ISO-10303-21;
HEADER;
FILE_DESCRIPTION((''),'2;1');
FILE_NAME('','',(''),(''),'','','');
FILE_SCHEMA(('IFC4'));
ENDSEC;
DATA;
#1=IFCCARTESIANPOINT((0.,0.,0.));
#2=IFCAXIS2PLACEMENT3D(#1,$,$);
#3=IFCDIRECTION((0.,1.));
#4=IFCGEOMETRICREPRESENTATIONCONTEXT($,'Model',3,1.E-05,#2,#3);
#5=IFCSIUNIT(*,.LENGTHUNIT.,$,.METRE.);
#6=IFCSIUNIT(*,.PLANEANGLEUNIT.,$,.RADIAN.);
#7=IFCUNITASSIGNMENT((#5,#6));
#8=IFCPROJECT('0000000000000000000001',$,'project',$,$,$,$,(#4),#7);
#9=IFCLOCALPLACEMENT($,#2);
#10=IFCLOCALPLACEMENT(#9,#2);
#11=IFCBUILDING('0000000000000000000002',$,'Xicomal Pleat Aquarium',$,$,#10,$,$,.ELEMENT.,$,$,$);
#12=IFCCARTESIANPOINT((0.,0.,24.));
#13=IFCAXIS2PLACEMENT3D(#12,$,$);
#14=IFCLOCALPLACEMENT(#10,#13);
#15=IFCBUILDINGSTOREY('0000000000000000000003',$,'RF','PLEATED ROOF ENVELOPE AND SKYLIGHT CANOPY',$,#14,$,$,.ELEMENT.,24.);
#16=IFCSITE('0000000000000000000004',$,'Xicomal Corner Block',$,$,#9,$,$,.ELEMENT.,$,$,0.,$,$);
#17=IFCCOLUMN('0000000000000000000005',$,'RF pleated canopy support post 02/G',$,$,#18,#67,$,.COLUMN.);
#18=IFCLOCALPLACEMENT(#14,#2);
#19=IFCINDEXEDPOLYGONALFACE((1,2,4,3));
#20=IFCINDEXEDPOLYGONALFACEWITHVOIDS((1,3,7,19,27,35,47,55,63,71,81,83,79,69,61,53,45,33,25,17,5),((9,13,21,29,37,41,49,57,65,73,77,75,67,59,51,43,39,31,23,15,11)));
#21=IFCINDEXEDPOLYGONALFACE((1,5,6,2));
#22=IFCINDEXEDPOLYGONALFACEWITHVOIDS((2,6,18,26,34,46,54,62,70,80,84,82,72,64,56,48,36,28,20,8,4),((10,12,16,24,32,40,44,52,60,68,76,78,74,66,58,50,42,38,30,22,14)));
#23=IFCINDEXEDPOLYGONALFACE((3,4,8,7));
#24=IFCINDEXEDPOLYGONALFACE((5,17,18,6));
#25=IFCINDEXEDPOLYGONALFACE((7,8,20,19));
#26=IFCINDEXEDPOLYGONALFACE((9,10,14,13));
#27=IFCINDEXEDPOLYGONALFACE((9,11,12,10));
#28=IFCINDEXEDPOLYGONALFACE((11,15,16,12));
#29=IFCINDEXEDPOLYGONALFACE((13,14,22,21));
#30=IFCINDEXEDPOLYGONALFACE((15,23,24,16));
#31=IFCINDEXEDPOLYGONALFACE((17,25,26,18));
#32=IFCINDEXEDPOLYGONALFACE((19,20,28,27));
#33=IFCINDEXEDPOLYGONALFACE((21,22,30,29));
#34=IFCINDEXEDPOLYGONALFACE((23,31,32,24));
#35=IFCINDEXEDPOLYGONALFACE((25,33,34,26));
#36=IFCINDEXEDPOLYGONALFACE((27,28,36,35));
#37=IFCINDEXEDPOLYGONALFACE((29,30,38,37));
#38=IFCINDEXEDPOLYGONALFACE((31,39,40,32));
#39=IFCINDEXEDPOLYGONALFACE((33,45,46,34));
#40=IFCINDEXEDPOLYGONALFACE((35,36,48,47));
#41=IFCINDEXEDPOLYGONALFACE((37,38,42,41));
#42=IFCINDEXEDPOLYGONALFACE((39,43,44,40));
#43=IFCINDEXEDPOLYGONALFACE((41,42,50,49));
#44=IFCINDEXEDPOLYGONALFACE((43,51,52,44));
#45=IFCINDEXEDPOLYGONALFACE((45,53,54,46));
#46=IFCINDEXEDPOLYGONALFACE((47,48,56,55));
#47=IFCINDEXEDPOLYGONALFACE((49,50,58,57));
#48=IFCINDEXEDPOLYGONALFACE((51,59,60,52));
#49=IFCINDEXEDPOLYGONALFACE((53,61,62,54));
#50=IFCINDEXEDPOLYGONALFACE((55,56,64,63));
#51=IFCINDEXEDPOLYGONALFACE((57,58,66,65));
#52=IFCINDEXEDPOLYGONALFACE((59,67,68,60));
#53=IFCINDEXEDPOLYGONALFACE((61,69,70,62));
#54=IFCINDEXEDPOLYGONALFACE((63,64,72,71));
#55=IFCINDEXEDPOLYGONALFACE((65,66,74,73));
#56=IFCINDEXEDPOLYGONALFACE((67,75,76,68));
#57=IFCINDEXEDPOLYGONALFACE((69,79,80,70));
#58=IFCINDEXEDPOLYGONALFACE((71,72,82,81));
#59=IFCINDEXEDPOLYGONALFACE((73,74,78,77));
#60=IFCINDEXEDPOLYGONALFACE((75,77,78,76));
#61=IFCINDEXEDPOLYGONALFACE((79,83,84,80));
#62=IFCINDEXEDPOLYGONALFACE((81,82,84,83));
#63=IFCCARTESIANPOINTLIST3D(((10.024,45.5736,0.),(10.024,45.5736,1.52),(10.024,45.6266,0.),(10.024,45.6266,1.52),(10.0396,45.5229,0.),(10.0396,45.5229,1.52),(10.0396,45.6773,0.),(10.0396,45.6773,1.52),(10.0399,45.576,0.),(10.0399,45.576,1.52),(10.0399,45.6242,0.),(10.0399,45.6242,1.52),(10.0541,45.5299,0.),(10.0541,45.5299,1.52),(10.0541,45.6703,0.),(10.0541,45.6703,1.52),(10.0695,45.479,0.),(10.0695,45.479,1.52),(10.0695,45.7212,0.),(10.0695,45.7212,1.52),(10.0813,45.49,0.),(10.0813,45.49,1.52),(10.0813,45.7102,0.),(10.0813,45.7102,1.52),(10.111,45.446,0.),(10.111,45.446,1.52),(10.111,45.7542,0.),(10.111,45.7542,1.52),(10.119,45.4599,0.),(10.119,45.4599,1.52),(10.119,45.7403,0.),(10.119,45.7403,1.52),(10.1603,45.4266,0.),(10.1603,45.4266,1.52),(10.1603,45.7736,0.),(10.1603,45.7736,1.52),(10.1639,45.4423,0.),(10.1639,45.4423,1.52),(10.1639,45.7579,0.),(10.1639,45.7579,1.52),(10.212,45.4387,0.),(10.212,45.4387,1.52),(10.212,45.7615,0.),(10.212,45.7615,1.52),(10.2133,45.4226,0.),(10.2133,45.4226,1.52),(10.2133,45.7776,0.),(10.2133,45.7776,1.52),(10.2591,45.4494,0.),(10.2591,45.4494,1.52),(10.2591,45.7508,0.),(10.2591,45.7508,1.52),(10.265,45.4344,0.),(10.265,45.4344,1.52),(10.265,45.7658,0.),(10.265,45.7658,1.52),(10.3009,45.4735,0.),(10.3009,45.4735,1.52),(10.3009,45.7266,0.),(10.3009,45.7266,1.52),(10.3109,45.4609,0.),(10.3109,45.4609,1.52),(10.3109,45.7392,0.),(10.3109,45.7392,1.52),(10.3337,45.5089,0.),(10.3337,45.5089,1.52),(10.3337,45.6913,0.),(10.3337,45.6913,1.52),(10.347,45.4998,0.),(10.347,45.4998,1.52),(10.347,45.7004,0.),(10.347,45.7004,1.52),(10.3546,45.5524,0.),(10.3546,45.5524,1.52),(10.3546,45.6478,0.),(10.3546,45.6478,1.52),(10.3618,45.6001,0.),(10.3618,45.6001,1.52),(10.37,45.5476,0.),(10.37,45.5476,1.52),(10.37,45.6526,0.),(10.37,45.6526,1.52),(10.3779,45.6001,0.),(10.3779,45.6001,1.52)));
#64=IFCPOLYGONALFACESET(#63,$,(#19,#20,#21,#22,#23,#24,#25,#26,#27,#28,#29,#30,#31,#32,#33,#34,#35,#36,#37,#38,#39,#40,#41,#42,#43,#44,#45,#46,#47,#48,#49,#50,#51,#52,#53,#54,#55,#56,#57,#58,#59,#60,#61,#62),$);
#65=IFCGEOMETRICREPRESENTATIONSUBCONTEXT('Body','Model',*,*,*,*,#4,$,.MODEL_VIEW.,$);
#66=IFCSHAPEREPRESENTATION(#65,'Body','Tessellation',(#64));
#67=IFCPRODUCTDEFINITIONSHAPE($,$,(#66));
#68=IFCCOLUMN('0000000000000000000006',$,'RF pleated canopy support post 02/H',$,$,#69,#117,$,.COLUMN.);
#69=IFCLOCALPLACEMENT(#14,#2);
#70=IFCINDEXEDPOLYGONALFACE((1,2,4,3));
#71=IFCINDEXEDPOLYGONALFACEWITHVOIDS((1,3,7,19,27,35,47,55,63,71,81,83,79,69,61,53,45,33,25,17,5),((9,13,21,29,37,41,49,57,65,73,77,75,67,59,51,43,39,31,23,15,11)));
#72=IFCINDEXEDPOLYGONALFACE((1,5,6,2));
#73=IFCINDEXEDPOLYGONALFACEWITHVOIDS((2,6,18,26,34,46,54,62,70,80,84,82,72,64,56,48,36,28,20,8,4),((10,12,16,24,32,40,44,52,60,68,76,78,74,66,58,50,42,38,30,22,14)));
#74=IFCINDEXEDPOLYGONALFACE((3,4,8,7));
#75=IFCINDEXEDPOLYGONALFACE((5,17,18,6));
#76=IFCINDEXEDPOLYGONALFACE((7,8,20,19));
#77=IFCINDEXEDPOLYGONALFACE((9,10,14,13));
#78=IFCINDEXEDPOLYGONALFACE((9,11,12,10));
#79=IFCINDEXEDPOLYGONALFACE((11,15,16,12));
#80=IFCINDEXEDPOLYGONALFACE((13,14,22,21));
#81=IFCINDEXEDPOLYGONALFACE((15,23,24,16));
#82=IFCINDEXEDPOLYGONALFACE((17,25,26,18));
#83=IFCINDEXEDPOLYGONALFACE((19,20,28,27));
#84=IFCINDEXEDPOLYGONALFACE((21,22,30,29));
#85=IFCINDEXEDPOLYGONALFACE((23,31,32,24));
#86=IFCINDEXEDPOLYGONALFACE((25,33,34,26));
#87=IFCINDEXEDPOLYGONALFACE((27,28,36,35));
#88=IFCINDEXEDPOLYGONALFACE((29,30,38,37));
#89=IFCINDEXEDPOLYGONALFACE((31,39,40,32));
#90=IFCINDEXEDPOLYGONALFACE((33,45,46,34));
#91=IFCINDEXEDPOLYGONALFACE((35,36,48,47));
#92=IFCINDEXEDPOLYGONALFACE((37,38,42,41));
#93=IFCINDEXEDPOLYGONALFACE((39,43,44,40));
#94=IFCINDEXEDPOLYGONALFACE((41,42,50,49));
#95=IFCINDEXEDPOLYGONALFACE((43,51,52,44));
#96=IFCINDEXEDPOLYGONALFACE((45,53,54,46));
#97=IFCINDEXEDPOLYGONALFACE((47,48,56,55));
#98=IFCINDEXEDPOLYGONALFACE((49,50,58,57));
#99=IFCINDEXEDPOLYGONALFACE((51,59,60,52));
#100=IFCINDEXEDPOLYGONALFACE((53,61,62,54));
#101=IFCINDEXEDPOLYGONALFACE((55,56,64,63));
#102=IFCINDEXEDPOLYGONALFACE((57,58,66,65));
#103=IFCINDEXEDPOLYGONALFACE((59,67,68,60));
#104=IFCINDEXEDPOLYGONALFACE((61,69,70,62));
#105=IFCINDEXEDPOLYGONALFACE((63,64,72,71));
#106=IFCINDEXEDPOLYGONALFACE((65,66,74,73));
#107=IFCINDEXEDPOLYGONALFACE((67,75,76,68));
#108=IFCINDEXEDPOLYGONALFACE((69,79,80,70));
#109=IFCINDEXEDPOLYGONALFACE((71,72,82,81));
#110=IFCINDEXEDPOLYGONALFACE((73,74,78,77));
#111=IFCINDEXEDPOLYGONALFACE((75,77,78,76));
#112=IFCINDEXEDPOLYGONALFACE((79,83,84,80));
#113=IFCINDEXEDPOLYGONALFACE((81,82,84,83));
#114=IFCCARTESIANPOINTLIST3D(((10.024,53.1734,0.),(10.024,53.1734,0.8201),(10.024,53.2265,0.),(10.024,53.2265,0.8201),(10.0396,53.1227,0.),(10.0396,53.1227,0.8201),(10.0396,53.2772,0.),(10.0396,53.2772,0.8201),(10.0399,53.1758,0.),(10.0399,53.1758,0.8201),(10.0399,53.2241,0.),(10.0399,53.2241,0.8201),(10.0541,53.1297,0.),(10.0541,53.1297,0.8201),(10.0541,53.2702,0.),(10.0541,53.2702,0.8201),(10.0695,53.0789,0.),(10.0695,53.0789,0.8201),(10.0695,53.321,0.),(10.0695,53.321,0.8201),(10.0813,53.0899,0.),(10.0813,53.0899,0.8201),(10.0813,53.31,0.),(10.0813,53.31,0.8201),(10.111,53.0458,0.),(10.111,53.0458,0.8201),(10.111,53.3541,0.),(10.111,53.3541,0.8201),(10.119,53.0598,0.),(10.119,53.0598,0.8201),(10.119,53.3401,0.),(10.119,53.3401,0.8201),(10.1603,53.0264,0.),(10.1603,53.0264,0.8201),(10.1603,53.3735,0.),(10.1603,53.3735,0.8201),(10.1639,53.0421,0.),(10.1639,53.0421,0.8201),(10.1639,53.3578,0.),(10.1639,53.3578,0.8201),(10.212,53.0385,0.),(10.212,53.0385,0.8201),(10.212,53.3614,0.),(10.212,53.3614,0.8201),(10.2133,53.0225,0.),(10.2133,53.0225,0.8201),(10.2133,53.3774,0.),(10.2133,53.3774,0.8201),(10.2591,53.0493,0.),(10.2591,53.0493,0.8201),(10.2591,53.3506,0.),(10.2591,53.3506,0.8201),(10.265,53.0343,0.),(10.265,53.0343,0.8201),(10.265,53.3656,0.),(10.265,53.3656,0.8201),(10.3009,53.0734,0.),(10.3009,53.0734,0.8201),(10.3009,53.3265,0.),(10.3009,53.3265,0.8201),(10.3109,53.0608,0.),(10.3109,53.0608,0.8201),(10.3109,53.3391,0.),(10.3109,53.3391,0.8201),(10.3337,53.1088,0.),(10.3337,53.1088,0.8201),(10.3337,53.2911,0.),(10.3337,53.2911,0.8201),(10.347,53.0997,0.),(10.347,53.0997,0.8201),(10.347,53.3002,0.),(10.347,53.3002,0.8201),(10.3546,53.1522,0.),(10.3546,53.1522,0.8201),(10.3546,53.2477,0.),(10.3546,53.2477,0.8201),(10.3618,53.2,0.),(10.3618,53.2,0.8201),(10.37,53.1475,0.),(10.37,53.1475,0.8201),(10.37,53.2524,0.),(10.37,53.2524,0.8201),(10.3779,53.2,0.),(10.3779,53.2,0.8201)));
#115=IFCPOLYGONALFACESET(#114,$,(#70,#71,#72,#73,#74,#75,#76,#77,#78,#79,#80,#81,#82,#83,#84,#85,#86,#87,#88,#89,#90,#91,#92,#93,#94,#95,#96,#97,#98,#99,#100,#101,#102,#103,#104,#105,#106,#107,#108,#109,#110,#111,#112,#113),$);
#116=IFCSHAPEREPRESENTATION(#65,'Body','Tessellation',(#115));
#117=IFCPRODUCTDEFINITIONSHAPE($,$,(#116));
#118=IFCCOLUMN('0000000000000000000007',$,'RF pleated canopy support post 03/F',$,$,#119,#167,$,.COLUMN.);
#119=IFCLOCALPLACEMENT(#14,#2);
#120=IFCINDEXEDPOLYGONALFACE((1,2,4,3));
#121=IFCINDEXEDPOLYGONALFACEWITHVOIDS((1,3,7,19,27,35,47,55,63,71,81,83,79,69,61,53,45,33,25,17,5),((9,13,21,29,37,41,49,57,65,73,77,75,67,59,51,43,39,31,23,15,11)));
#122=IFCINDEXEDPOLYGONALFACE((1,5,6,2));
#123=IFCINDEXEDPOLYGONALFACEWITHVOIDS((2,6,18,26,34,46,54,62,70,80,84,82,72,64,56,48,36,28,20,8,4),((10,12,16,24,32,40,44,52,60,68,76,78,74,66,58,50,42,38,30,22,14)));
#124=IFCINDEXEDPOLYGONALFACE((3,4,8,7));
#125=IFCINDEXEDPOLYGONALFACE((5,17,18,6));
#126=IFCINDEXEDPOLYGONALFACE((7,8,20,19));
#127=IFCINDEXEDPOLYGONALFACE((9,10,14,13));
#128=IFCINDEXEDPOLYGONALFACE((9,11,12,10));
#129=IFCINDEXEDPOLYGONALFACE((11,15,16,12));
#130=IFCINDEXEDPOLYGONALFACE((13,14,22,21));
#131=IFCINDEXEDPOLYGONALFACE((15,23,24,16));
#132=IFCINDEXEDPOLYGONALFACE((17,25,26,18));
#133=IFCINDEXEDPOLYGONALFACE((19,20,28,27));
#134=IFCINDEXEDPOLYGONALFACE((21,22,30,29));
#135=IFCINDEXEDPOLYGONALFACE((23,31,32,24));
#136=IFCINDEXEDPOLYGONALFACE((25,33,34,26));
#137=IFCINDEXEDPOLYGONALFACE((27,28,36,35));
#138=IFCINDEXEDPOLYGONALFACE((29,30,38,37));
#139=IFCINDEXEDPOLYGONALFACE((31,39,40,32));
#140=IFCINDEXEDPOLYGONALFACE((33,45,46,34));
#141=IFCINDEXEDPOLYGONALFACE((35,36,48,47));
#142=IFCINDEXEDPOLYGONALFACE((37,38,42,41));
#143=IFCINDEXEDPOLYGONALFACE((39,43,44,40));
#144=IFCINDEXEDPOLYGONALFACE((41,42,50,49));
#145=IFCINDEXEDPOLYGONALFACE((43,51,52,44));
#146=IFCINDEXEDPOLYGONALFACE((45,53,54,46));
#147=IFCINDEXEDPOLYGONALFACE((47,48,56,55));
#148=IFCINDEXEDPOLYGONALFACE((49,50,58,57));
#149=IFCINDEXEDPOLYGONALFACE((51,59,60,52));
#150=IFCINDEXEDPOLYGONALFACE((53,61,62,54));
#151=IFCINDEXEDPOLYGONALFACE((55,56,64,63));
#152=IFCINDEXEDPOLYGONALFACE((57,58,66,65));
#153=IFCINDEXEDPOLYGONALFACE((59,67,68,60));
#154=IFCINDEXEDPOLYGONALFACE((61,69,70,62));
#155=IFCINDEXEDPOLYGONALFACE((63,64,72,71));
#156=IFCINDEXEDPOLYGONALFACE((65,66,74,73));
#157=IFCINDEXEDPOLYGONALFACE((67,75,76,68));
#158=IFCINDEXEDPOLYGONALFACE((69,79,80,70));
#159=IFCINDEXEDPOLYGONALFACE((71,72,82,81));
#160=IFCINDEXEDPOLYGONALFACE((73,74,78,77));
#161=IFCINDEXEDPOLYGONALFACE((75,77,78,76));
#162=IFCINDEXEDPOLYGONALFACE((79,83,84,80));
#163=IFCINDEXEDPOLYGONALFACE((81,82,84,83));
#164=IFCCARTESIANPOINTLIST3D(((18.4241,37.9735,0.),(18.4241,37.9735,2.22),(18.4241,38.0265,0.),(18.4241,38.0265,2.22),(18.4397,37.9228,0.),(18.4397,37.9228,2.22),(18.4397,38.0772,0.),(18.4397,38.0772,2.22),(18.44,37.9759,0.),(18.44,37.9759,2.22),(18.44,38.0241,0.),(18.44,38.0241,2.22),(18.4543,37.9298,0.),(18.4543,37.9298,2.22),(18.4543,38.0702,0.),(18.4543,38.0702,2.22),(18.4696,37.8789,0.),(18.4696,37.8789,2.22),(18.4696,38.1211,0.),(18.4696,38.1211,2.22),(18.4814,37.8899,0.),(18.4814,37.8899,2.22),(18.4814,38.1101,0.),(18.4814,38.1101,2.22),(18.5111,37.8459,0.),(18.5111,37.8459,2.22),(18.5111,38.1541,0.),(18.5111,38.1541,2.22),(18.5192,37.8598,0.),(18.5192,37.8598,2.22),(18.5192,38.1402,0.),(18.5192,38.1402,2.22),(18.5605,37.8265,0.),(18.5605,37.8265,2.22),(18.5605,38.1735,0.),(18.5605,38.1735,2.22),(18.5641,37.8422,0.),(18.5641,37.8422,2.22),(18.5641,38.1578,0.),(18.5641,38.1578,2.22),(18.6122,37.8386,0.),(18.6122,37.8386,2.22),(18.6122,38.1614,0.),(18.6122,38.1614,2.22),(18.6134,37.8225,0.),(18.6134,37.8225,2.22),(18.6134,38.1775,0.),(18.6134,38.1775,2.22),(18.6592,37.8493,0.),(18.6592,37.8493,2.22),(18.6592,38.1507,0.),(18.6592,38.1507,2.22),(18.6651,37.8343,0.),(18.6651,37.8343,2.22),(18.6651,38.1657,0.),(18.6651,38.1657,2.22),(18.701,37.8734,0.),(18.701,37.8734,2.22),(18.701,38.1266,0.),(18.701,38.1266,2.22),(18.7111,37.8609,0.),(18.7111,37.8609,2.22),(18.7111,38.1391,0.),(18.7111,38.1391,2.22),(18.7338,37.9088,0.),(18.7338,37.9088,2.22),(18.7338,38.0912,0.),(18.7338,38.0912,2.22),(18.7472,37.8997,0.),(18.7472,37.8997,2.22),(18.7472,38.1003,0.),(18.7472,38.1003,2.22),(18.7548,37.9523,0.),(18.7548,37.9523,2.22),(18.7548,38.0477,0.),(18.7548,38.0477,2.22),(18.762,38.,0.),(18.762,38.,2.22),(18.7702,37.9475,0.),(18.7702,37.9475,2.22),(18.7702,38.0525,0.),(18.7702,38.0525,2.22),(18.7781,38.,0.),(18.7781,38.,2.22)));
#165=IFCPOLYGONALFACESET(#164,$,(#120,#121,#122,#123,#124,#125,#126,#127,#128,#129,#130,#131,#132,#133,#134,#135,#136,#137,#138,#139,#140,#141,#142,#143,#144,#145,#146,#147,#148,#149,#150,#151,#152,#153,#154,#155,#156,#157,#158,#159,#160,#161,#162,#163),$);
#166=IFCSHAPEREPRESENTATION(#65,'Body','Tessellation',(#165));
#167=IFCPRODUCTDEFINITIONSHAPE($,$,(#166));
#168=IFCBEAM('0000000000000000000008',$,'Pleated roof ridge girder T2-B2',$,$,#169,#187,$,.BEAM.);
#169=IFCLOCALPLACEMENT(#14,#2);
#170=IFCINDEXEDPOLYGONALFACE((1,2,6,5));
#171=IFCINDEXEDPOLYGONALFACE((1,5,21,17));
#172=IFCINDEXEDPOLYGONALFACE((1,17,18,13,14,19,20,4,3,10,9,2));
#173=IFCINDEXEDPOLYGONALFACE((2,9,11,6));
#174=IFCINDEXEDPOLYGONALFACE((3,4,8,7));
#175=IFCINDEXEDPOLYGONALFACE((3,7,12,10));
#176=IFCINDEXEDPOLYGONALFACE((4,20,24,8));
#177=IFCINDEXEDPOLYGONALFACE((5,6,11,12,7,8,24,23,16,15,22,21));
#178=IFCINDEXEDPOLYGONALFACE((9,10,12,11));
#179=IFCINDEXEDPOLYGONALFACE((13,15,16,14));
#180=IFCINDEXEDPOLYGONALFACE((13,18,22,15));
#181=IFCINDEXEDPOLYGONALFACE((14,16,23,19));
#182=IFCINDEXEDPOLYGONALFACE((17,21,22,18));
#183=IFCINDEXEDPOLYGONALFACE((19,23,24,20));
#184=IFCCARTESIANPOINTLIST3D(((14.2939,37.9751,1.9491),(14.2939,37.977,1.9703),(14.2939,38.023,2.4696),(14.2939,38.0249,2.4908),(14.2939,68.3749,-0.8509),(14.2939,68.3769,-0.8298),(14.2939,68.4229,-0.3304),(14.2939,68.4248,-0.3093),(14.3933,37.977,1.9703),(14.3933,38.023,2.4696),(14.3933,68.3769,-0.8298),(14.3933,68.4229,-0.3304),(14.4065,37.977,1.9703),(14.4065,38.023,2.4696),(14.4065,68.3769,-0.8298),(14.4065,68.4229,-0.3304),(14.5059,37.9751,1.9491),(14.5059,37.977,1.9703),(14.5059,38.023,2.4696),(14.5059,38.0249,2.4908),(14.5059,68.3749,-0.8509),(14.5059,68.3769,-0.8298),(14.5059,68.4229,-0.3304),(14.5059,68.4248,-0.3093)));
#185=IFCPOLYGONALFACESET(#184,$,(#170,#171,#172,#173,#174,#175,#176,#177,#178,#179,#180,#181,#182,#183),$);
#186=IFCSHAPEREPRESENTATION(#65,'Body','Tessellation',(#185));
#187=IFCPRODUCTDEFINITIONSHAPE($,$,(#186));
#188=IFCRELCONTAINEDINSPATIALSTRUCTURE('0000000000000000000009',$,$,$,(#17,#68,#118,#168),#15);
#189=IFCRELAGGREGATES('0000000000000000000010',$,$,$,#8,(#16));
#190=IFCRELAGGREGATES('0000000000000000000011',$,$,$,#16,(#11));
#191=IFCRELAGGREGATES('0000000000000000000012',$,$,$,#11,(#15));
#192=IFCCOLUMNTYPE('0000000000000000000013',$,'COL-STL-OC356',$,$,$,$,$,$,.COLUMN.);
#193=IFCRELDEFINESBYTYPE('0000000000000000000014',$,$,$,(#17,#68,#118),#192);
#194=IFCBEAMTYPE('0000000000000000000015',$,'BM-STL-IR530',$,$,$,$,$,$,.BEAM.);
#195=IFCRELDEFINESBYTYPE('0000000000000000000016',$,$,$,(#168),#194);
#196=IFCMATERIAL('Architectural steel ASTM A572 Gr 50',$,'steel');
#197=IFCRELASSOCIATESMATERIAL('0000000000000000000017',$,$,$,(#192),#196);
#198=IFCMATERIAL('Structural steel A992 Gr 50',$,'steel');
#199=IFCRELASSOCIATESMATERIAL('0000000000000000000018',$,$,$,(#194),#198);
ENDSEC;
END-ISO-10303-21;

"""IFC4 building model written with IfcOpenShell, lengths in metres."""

from ifc_helpers import new_model, si_unit, direction, frame, origin, origin_2d, place, context, subcontext, project, spatial, hollow_circle, i_section, extrude, material, material_profile, profile_set, type_object, element, save


model = new_model("IFC4")

# Units and contexts
model_context = context("Model", 3, precision=1e-05, world=origin(), true_north=direction((0.0, 1.0)))
body_context = subcontext(model_context, "Body", "Model", "MODEL_VIEW")
ifc_project = project(units=[si_unit("LENGTHUNIT", "METRE"), si_unit("PLANEANGLEUNIT", "RADIAN")], contexts=[model_context])

# Site, building, storey
site_placement = place(None, origin())
site = spatial("IfcSite", under=ifc_project, at=site_placement, Name="Xicomal Corner Block", CompositionType="ELEMENT", RefElevation=0.0)
building_placement = place(site_placement, origin())
building = spatial("IfcBuilding", under=site, at=building_placement, Name="Xicomal Pleat Aquarium", CompositionType="ELEMENT")
storey_placement = place(building_placement, frame((0.0, 0.0, 24.0)))
storey = spatial("IfcBuildingStorey", under=building, at=storey_placement, Name="RF", Description="PLEATED ROOF ENVELOPE AND SKYLIGHT CANOPY", CompositionType="ELEMENT", Elevation=24.0)

# Columns
ifc_material_1 = material(Name="Architectural steel ASTM A572 Gr 50", Category="steel")
ifc_material_profile_1 = material_profile(ifc_material_1, hollow_circle(Radius=0.178, WallThickness=0.0161, at=origin_2d()), Name="OC 356x16")
ifc_profile_set_1 = profile_set([ifc_material_profile_1], Name="Architectural steel ASTM A572 Gr 50")
column_type = type_object("IfcColumnType", Name="COL-STL-OC356", PredefinedType="COLUMN", material=ifc_profile_set_1)
column_1_placement = place(storey_placement, frame((10.2, 45.6001, 0.0), z_axis=(0.0, 0.0, 1.0), x_axis=(1.0, 0.0, 0.0)))
element("IfcColumn", 1, at=column_1_placement, inside=storey, type_object=column_type, Name="RF pleated canopy support post 02/G", PredefinedType="COLUMN", context=body_context, shape_type="SweptSolid", body=[
    extrude(hollow_circle(Radius=0.178, WallThickness=0.0161, at=origin_2d()), origin(), (0.0, 0.0, 1.0), 1.52),
])
column_2_placement = place(storey_placement, frame((10.2, 53.2, 0.0), z_axis=(0.0, 0.0, 1.0), x_axis=(1.0, 0.0, 0.0)))
element("IfcColumn", 2, at=column_2_placement, inside=storey, type_object=column_type, Name="RF pleated canopy support post 02/H", PredefinedType="COLUMN", context=body_context, shape_type="SweptSolid", body=[
    extrude(hollow_circle(Radius=0.178, WallThickness=0.0161, at=origin_2d()), origin(), (0.0, 0.0, 1.0), 0.8201),
])
column_3_placement = place(storey_placement, frame((18.6001, 38.0, 0.0), z_axis=(0.0, 0.0, 1.0), x_axis=(1.0, 0.0, 0.0)))
element("IfcColumn", 3, at=column_3_placement, inside=storey, type_object=column_type, Name="RF pleated canopy support post 03/F", PredefinedType="COLUMN", context=body_context, shape_type="SweptSolid", body=[
    extrude(hollow_circle(Radius=0.178, WallThickness=0.0161, at=origin_2d()), origin(), (0.0, 0.0, 1.0), 2.22),
])

# Beam
ifc_material_2 = material(Name="Structural steel A992 Gr 50", Category="steel")
ifc_material_profile_2 = material_profile(ifc_material_2, i_section(OverallWidth=0.2119, OverallDepth=0.5439, WebThickness=0.0132, FlangeThickness=0.0212, at=origin_2d()), Name="IR 530x123")
ifc_profile_set_2 = profile_set([ifc_material_profile_2], Name="Structural steel A992 Gr 50")
beam_type_1 = type_object("IfcBeamType", Name="BM-STL-IR530", PredefinedType="BEAM", material=ifc_profile_set_2)
beam_1_placement = place(storey_placement, frame((14.3999, 38.0, 2.22), z_axis=(0.0, 0.995785, -0.091719), x_axis=(-1.0, 0.0, 0.0)))
element("IfcBeam", 4, at=beam_1_placement, inside=storey, type_object=beam_type_1, Name="Pleated roof ridge girder T2-B2", PredefinedType="BEAM", context=body_context, shape_type="SweptSolid", body=[
    extrude(i_section(OverallWidth=0.2119, OverallDepth=0.5439, WebThickness=0.0132, FlangeThickness=0.0212, at=origin_2d()), origin(), (0.0, 0.0, 1.0), 30.5286),
])

save(model, "model.ifc")
